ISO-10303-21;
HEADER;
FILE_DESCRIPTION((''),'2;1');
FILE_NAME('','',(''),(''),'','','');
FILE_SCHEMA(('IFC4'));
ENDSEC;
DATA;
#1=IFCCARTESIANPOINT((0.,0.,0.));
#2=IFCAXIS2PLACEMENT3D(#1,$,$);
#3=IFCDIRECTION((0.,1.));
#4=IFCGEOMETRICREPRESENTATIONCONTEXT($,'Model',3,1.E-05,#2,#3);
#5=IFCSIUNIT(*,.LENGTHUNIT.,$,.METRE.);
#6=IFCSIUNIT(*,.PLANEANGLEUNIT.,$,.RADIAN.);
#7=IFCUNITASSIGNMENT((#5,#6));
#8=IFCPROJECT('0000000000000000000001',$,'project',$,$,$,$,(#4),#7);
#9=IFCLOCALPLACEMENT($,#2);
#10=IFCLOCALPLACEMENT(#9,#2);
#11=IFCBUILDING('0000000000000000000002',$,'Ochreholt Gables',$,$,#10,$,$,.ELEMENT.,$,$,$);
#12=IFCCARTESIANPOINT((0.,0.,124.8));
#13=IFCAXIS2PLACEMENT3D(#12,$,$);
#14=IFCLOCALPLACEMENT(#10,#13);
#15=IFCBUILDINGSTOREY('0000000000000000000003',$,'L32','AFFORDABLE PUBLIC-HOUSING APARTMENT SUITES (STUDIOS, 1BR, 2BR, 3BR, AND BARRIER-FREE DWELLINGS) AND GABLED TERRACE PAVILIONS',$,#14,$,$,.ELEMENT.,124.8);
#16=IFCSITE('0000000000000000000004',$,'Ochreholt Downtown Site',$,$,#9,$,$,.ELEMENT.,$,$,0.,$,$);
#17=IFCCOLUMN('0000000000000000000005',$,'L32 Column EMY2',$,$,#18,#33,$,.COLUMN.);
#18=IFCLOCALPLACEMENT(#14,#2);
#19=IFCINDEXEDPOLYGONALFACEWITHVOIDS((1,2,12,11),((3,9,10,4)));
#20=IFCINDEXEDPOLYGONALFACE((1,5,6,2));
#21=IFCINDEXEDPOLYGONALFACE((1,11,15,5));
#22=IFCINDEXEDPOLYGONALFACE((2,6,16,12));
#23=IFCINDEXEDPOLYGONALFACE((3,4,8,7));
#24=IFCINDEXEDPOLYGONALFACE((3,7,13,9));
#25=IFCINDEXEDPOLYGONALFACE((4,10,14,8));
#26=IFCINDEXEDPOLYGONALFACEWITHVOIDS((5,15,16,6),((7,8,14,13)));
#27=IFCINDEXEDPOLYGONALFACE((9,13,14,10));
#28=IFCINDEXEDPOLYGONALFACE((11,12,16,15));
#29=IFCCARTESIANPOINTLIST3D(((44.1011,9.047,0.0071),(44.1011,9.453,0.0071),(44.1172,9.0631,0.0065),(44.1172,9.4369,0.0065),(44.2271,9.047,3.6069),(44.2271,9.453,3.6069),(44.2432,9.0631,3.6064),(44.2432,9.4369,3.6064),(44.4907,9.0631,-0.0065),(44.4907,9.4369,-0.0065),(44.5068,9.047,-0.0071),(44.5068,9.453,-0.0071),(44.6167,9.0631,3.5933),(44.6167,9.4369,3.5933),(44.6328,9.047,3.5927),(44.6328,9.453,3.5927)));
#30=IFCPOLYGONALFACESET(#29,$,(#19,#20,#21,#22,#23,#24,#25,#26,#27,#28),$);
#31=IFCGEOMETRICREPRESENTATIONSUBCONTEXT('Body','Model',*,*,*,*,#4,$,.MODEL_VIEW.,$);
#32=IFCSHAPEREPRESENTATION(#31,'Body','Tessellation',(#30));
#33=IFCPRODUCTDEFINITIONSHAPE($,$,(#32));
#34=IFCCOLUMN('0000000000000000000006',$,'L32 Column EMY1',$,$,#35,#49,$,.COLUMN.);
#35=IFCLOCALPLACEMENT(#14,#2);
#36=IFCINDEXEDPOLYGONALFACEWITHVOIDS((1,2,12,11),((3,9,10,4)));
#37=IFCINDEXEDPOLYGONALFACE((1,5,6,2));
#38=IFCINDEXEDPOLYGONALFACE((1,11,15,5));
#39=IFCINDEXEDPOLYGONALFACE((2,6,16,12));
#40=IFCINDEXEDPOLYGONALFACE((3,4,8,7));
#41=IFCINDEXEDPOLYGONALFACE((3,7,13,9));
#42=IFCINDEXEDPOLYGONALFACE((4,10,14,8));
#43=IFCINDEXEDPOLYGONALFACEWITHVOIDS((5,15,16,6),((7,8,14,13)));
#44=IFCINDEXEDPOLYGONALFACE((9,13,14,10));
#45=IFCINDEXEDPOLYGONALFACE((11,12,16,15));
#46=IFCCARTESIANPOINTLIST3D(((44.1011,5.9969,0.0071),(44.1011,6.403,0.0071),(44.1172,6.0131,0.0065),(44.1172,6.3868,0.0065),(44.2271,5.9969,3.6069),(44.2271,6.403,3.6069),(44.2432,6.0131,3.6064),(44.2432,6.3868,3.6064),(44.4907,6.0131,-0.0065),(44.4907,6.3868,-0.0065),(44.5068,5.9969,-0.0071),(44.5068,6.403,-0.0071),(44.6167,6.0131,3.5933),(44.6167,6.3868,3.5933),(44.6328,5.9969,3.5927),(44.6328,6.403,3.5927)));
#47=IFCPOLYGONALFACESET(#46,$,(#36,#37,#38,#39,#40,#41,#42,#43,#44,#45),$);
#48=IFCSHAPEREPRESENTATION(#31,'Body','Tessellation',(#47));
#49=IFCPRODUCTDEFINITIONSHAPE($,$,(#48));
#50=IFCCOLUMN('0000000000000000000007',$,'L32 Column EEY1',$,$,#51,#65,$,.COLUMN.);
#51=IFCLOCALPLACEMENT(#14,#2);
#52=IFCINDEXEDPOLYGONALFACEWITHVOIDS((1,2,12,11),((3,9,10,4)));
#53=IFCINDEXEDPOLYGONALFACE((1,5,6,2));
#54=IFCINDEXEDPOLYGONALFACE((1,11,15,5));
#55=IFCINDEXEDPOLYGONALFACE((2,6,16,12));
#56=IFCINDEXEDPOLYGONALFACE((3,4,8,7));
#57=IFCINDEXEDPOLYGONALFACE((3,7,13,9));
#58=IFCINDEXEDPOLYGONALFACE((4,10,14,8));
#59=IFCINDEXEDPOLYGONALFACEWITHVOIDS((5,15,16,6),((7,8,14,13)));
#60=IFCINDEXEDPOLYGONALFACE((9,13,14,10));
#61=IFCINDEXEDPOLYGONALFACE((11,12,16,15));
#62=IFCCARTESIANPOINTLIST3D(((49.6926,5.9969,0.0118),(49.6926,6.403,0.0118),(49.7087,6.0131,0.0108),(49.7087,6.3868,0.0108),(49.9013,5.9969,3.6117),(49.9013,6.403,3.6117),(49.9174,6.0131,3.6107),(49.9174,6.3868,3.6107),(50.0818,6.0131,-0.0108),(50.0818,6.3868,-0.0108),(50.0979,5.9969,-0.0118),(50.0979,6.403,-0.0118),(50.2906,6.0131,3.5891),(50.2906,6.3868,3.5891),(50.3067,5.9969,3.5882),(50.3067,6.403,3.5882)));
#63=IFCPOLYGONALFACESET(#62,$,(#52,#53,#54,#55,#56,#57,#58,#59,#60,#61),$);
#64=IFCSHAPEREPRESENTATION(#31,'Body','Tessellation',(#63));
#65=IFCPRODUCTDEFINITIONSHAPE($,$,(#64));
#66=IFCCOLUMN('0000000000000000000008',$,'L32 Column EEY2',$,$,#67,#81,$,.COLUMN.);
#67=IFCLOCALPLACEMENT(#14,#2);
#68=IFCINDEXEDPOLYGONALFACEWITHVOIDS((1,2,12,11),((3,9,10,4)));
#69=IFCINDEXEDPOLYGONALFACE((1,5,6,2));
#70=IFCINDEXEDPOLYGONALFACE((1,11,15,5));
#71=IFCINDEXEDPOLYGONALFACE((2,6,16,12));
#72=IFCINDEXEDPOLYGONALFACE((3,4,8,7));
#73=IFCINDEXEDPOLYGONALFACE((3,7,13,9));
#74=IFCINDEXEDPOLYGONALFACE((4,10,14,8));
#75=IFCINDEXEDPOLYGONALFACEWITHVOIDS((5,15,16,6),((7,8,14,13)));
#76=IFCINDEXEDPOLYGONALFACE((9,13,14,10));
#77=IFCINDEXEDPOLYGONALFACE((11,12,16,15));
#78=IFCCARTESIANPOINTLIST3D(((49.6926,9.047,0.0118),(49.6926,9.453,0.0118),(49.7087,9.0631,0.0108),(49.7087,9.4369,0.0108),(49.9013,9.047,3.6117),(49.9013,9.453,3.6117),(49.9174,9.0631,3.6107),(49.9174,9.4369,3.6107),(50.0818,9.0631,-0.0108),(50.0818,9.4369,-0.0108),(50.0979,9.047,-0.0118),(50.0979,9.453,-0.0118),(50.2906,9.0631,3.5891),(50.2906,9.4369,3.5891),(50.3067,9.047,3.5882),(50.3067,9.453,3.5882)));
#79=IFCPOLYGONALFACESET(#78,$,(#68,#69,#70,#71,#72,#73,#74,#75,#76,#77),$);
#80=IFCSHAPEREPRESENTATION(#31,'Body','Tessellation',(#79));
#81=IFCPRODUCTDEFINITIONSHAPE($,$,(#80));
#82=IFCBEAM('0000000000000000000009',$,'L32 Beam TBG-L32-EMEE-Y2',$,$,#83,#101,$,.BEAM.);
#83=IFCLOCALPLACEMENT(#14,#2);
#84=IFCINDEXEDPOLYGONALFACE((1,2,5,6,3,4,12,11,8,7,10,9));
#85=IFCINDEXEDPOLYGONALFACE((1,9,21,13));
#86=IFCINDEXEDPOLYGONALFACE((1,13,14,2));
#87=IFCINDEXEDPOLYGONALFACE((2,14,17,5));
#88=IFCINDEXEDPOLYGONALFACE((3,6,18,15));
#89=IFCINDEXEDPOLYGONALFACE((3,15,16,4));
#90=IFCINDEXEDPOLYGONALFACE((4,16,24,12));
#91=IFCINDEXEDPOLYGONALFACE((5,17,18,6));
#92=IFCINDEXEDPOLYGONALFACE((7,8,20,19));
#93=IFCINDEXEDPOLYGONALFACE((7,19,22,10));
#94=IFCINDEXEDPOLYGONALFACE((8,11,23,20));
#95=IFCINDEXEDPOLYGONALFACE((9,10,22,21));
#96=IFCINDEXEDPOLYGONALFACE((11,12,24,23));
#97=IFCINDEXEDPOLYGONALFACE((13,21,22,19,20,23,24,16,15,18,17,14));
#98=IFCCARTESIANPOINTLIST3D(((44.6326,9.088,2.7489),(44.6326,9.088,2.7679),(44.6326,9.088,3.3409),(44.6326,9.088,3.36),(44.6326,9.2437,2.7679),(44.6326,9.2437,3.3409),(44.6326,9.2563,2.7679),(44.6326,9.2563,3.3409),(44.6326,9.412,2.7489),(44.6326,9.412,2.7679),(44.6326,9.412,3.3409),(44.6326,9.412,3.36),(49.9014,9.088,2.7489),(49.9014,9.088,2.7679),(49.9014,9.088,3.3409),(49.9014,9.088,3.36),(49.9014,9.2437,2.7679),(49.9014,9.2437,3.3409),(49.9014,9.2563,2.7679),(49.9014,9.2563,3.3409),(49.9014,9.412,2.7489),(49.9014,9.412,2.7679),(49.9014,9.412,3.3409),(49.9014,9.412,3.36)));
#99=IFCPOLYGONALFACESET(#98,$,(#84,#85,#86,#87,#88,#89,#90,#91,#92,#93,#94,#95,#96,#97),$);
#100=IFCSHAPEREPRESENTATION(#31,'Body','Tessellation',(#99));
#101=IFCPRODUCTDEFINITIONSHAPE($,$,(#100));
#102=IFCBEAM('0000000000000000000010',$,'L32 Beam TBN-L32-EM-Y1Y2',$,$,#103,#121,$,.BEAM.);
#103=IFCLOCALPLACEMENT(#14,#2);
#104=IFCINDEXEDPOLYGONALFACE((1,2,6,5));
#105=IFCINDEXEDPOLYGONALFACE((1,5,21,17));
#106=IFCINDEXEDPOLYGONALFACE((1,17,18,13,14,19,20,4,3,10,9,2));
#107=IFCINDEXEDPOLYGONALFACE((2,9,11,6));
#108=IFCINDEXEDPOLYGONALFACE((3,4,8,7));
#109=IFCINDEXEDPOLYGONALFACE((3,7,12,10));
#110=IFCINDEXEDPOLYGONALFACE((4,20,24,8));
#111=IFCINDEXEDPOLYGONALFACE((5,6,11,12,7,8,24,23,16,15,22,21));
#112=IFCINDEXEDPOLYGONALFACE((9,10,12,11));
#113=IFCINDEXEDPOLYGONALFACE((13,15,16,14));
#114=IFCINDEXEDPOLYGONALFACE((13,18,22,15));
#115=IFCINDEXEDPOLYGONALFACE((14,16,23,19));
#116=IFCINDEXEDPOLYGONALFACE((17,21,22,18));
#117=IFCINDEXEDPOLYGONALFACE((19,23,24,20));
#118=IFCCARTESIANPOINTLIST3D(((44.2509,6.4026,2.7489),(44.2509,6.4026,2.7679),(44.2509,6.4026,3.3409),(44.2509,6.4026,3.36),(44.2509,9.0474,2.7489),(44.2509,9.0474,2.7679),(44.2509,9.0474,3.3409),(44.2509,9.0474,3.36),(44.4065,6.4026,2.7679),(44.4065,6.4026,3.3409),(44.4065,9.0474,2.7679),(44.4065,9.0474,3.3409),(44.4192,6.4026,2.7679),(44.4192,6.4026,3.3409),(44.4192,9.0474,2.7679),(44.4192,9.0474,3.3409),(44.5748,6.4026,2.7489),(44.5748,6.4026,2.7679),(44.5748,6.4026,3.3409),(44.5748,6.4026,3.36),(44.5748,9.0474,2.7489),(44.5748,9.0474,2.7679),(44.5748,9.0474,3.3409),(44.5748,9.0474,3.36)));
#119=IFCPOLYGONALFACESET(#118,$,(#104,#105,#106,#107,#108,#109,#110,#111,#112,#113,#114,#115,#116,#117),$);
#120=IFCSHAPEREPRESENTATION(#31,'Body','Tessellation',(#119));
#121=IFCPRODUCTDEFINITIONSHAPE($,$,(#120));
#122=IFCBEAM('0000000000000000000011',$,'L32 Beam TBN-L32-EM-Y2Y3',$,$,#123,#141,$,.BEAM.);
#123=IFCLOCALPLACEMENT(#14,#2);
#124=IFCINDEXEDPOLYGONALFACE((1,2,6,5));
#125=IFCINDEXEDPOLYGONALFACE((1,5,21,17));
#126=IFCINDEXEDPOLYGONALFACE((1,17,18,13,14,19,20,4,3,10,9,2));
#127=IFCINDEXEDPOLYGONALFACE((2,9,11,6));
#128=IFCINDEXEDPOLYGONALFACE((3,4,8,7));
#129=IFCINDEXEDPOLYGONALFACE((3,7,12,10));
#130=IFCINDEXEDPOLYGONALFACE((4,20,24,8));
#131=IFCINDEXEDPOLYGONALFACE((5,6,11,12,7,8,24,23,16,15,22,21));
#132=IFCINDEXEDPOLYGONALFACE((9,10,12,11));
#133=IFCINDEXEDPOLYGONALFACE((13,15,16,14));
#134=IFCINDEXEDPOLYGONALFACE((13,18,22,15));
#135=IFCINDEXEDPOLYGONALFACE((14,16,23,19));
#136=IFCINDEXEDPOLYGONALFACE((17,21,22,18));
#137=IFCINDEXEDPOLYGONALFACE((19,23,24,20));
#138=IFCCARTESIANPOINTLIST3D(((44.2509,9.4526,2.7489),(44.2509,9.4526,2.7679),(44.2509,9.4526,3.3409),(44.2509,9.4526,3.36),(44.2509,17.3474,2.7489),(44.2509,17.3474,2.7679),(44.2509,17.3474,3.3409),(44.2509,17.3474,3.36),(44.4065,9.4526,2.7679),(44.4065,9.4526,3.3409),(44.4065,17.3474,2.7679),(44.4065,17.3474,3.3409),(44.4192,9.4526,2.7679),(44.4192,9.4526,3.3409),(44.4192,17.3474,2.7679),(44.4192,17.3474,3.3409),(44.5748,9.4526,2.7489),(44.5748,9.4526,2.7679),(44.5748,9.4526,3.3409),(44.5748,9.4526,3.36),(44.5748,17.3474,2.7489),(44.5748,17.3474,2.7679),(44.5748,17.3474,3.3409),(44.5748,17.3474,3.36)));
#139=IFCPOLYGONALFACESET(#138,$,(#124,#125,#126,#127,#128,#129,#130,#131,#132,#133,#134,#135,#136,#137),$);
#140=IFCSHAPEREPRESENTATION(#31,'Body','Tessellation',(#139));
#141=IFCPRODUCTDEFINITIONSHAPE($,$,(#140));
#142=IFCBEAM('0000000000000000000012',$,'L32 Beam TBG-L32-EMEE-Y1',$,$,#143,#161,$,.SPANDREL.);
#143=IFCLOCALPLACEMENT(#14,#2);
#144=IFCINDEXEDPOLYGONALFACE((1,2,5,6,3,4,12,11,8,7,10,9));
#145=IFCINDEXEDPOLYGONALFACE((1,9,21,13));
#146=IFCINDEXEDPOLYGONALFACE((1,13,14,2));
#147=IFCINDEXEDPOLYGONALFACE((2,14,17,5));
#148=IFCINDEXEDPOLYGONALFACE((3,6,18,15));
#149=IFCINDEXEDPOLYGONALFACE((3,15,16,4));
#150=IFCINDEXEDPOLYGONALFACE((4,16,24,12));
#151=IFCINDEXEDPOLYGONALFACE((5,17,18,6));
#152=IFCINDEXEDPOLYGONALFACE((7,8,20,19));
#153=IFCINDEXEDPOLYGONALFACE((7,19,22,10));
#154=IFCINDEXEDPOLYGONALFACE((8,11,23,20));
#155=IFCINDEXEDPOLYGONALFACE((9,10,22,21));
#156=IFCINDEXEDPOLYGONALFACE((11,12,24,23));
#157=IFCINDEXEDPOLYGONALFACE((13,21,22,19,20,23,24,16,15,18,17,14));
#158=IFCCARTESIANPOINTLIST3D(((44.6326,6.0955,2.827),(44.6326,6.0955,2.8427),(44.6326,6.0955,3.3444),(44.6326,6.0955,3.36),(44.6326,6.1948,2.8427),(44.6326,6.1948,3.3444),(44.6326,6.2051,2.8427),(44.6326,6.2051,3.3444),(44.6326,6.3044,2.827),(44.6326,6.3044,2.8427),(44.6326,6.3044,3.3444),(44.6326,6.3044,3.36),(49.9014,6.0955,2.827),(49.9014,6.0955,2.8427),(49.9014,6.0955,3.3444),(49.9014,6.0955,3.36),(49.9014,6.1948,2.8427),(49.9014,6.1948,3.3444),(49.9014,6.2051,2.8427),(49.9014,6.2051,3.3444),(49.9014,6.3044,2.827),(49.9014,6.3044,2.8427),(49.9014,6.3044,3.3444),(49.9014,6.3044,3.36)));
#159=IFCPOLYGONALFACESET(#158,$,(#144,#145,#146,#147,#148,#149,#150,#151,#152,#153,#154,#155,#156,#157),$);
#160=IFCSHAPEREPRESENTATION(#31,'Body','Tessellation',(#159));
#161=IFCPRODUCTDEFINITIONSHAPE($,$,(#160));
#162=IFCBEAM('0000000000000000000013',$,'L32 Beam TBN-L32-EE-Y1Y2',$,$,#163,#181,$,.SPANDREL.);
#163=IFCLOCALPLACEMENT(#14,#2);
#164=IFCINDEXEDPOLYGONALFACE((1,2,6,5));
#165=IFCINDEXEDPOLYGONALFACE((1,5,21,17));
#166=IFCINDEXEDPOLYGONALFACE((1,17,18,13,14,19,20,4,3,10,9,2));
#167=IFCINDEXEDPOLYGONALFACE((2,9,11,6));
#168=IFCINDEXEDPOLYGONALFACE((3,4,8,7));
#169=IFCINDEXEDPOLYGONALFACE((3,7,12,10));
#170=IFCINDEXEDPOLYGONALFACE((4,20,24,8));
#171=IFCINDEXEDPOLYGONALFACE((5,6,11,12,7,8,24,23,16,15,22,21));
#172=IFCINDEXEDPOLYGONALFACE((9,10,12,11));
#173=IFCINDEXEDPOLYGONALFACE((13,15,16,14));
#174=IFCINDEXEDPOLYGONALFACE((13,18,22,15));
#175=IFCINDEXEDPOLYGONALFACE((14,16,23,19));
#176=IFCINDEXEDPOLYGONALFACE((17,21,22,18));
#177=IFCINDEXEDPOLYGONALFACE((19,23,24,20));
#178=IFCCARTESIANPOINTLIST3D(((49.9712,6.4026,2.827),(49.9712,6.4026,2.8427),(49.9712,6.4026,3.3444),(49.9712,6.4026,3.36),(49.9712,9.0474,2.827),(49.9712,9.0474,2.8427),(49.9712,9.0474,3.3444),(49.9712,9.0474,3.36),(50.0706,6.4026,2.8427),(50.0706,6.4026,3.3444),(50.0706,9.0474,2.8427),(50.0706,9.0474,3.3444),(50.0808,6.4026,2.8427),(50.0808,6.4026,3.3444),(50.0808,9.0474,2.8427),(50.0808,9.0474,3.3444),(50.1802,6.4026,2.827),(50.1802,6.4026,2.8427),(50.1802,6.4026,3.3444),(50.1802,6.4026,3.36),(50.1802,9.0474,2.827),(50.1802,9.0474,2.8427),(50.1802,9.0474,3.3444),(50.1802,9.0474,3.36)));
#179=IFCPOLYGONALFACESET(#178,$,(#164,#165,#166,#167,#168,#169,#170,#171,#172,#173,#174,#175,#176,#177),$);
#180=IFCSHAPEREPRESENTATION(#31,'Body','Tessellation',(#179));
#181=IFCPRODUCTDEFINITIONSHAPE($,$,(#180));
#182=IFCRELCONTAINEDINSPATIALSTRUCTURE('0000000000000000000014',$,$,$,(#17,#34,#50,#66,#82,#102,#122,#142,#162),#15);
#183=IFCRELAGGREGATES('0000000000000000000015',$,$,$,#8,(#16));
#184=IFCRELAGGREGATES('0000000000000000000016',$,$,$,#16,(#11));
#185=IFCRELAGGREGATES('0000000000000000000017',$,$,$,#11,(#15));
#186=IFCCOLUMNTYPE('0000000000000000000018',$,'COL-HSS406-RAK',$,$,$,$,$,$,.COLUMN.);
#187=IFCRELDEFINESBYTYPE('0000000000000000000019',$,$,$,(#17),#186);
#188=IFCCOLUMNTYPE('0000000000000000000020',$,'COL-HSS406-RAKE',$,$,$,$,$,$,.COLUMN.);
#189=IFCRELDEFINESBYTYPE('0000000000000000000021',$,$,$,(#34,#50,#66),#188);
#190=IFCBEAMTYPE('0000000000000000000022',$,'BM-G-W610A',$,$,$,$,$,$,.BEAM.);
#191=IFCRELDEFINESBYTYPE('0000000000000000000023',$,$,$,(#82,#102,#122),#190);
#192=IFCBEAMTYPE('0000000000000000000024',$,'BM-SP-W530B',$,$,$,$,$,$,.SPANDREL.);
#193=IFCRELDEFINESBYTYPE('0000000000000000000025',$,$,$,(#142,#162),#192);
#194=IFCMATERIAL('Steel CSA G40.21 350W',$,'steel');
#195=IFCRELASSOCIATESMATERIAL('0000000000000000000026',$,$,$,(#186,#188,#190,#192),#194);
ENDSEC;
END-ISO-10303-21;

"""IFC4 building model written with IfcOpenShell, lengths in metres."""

from ifc_helpers import new_model, si_unit, direction, frame, origin, origin_2d, place, context, subcontext, project, spatial, hollow_rectangle, i_section, extrude, material, material_profile, profile_set, type_object, element, save


model = new_model("IFC4")

# Units and contexts
model_context = context("Model", 3, precision=1e-05, world=origin(), true_north=direction((0.0, 1.0)))
body_context = subcontext(model_context, "Body", "Model", "MODEL_VIEW")
ifc_project = project(units=[si_unit("LENGTHUNIT", "METRE"), si_unit("PLANEANGLEUNIT", "RADIAN")], contexts=[model_context])

# Site, building, storey
site_placement = place(None, origin())
site = spatial("IfcSite", under=ifc_project, at=site_placement, Name="Ochreholt Downtown Site", CompositionType="ELEMENT", RefElevation=0.0)
building_placement = place(site_placement, origin())
building = spatial("IfcBuilding", under=site, at=building_placement, Name="Ochreholt Gables", CompositionType="ELEMENT")
storey_placement = place(building_placement, frame((0.0, 0.0, 124.8)))
storey = spatial("IfcBuildingStorey", under=building, at=storey_placement, Name="L32", Description="AFFORDABLE PUBLIC-HOUSING APARTMENT SUITES (STUDIOS, 1BR, 2BR, 3BR, AND BARRIER-FREE DWELLINGS) AND GABLED TERRACE PAVILIONS", CompositionType="ELEMENT", Elevation=124.8)

# Columns
ifc_material_1 = material(Name="Steel CSA G40.21 350W", Category="steel")
ifc_material_profile_1 = material_profile(ifc_material_1, hollow_rectangle(XDim=0.406, YDim=0.406, WallThickness=0.0161, at=origin_2d()), Name="HSS406X406X16")
ifc_profile_set_1 = profile_set([ifc_material_profile_1], Name="Steel CSA G40.21 350W")
column_type_1 = type_object("IfcColumnType", Name="COL-HSS406-RAK", PredefinedType="COLUMN", material=ifc_profile_set_1)
column_1_placement = place(storey_placement, frame((44.304, 9.25, 0.0), z_axis=(0.034974, 0.0, 0.999388), x_axis=(0.0, 1.0, 0.0)))
element("IfcColumn", 1, at=column_1_placement, inside=storey, type_object=column_type_1, Name="L32 Column EMY2", PredefinedType="COLUMN", context=body_context, shape_type="SweptSolid", body=[
    extrude(hollow_rectangle(XDim=0.406, YDim=0.406, WallThickness=0.0161, at=origin_2d()), origin(), (0.0, 0.0, 1.0), 3.6021),
])
ifc_material_profile_2 = material_profile(ifc_material_1, hollow_rectangle(XDim=0.406, YDim=0.406, WallThickness=0.0161, at=origin_2d()), Name="HSS406X406X16")
ifc_profile_set_2 = profile_set([ifc_material_profile_2], Name="Steel CSA G40.21 350W")
column_type_2 = type_object("IfcColumnType", Name="COL-HSS406-RAKE", PredefinedType="COLUMN", material=ifc_profile_set_2)
column_2_placement = place(storey_placement, frame((44.304, 6.2, 0.0), z_axis=(0.034974, 0.0, 0.999388), x_axis=(0.0, 1.0, 0.0)))
element("IfcColumn", 2, at=column_2_placement, inside=storey, type_object=column_type_2, Name="L32 Column EMY1", PredefinedType="COLUMN", context=body_context, shape_type="SweptSolid", body=[
    extrude(hollow_rectangle(XDim=0.406, YDim=0.406, WallThickness=0.0161, at=origin_2d()), origin(), (0.0, 0.0, 1.0), 3.6021),
])
for number, where, z_axis, x_axis, name in (
    (3, (49.8953, 6.2, 0.0), (0.057889, 0.0, 0.998323), (0.0, 1.0, 0.0), "L32 Column EEY1"),
    (4, (49.8953, 9.25, 0.0), (0.057889, 0.0, 0.998323), (0.0, 1.0, 0.0), "L32 Column EEY2"),
):
    element("IfcColumn", number, at=place(storey_placement, frame(where, z_axis=z_axis, x_axis=x_axis)), inside=storey, type_object=column_type_2, Name=name, PredefinedType="COLUMN", context=body_context, shape_type="SweptSolid", body=[
        extrude(hollow_rectangle(XDim=0.406, YDim=0.406, WallThickness=0.0161, at=origin_2d()), origin(), (0.0, 0.0, 1.0), 3.606),
    ])

# Beams
ifc_material_profile_3 = material_profile(ifc_material_1, i_section(OverallWidth=0.324, OverallDepth=0.6111, WebThickness=0.0127, FlangeThickness=0.019, at=origin_2d()), Name="W610X155")
ifc_profile_set_3 = profile_set([ifc_material_profile_3], Name="Steel CSA G40.21 350W")
beam_type_1 = type_object("IfcBeamType", Name="BM-G-W610A", PredefinedType="BEAM", material=ifc_profile_set_3)
beam_1_placement = place(storey_placement, frame((44.6326, 9.25, 3.0544), z_axis=(1.0, 0.0, 0.0), x_axis=(0.0, 1.0, 0.0)))
element("IfcBeam", 5, at=beam_1_placement, inside=storey, type_object=beam_type_1, Name="L32 Beam TBG-L32-EMEE-Y2", PredefinedType="BEAM", context=body_context, shape_type="SweptSolid", body=[
    extrude(i_section(OverallWidth=0.324, OverallDepth=0.6111, WebThickness=0.0127, FlangeThickness=0.019, at=origin_2d()), origin(), (0.0, 0.0, 1.0), 5.2688),
])
beam_2_placement = place(storey_placement, frame((44.4128, 6.4026, 3.0544), z_axis=(0.0, 1.0, 0.0), x_axis=(-1.0, 0.0, 0.0)))
element("IfcBeam", 6, at=beam_2_placement, inside=storey, type_object=beam_type_1, Name="L32 Beam TBN-L32-EM-Y1Y2", PredefinedType="BEAM", context=body_context, shape_type="SweptSolid", body=[
    extrude(i_section(OverallWidth=0.324, OverallDepth=0.6111, WebThickness=0.0127, FlangeThickness=0.019, at=origin_2d()), origin(), (0.0, 0.0, 1.0), 2.6448),
])
beam_3_placement = place(storey_placement, frame((44.4128, 9.4526, 3.0544), z_axis=(0.0, 1.0, 0.0), x_axis=(-1.0, 0.0, 0.0)))
element("IfcBeam", 7, at=beam_3_placement, inside=storey, type_object=beam_type_1, Name="L32 Beam TBN-L32-EM-Y2Y3", PredefinedType="BEAM", context=body_context, shape_type="SweptSolid", body=[
    extrude(i_section(OverallWidth=0.324, OverallDepth=0.6111, WebThickness=0.0127, FlangeThickness=0.019, at=origin_2d()), origin(), (0.0, 0.0, 1.0), 7.8948),
])
ifc_material_profile_4 = material_profile(ifc_material_1, i_section(OverallWidth=0.209, OverallDepth=0.533, WebThickness=0.0103, FlangeThickness=0.0156, at=origin_2d()), Name="W530X92")
ifc_profile_set_4 = profile_set([ifc_material_profile_4], Name="Steel CSA G40.21 350W")
beam_type_2 = type_object("IfcBeamType", Name="BM-SP-W530B", PredefinedType="SPANDREL", material=ifc_profile_set_4)
beam_4_placement = place(storey_placement, frame((44.6326, 6.2, 3.0935), z_axis=(1.0, 0.0, 0.0), x_axis=(0.0, 1.0, 0.0)))
element("IfcBeam", 8, at=beam_4_placement, inside=storey, type_object=beam_type_2, Name="L32 Beam TBG-L32-EMEE-Y1", PredefinedType="SPANDREL", context=body_context, shape_type="SweptSolid", body=[
    extrude(i_section(OverallWidth=0.209, OverallDepth=0.533, WebThickness=0.0103, FlangeThickness=0.0156, at=origin_2d()), origin(), (0.0, 0.0, 1.0), 5.2688),
])
beam_5_placement = place(storey_placement, frame((50.0757, 6.4026, 3.0935), z_axis=(0.0, 1.0, 0.0), x_axis=(-1.0, 0.0, 0.0)))
element("IfcBeam", 9, at=beam_5_placement, inside=storey, type_object=beam_type_2, Name="L32 Beam TBN-L32-EE-Y1Y2", PredefinedType="SPANDREL", context=body_context, shape_type="SweptSolid", body=[
    extrude(i_section(OverallWidth=0.209, OverallDepth=0.533, WebThickness=0.0103, FlangeThickness=0.0156, at=origin_2d()), origin(), (0.0, 0.0, 1.0), 2.6448),
])

save(model, "model.ifc")
